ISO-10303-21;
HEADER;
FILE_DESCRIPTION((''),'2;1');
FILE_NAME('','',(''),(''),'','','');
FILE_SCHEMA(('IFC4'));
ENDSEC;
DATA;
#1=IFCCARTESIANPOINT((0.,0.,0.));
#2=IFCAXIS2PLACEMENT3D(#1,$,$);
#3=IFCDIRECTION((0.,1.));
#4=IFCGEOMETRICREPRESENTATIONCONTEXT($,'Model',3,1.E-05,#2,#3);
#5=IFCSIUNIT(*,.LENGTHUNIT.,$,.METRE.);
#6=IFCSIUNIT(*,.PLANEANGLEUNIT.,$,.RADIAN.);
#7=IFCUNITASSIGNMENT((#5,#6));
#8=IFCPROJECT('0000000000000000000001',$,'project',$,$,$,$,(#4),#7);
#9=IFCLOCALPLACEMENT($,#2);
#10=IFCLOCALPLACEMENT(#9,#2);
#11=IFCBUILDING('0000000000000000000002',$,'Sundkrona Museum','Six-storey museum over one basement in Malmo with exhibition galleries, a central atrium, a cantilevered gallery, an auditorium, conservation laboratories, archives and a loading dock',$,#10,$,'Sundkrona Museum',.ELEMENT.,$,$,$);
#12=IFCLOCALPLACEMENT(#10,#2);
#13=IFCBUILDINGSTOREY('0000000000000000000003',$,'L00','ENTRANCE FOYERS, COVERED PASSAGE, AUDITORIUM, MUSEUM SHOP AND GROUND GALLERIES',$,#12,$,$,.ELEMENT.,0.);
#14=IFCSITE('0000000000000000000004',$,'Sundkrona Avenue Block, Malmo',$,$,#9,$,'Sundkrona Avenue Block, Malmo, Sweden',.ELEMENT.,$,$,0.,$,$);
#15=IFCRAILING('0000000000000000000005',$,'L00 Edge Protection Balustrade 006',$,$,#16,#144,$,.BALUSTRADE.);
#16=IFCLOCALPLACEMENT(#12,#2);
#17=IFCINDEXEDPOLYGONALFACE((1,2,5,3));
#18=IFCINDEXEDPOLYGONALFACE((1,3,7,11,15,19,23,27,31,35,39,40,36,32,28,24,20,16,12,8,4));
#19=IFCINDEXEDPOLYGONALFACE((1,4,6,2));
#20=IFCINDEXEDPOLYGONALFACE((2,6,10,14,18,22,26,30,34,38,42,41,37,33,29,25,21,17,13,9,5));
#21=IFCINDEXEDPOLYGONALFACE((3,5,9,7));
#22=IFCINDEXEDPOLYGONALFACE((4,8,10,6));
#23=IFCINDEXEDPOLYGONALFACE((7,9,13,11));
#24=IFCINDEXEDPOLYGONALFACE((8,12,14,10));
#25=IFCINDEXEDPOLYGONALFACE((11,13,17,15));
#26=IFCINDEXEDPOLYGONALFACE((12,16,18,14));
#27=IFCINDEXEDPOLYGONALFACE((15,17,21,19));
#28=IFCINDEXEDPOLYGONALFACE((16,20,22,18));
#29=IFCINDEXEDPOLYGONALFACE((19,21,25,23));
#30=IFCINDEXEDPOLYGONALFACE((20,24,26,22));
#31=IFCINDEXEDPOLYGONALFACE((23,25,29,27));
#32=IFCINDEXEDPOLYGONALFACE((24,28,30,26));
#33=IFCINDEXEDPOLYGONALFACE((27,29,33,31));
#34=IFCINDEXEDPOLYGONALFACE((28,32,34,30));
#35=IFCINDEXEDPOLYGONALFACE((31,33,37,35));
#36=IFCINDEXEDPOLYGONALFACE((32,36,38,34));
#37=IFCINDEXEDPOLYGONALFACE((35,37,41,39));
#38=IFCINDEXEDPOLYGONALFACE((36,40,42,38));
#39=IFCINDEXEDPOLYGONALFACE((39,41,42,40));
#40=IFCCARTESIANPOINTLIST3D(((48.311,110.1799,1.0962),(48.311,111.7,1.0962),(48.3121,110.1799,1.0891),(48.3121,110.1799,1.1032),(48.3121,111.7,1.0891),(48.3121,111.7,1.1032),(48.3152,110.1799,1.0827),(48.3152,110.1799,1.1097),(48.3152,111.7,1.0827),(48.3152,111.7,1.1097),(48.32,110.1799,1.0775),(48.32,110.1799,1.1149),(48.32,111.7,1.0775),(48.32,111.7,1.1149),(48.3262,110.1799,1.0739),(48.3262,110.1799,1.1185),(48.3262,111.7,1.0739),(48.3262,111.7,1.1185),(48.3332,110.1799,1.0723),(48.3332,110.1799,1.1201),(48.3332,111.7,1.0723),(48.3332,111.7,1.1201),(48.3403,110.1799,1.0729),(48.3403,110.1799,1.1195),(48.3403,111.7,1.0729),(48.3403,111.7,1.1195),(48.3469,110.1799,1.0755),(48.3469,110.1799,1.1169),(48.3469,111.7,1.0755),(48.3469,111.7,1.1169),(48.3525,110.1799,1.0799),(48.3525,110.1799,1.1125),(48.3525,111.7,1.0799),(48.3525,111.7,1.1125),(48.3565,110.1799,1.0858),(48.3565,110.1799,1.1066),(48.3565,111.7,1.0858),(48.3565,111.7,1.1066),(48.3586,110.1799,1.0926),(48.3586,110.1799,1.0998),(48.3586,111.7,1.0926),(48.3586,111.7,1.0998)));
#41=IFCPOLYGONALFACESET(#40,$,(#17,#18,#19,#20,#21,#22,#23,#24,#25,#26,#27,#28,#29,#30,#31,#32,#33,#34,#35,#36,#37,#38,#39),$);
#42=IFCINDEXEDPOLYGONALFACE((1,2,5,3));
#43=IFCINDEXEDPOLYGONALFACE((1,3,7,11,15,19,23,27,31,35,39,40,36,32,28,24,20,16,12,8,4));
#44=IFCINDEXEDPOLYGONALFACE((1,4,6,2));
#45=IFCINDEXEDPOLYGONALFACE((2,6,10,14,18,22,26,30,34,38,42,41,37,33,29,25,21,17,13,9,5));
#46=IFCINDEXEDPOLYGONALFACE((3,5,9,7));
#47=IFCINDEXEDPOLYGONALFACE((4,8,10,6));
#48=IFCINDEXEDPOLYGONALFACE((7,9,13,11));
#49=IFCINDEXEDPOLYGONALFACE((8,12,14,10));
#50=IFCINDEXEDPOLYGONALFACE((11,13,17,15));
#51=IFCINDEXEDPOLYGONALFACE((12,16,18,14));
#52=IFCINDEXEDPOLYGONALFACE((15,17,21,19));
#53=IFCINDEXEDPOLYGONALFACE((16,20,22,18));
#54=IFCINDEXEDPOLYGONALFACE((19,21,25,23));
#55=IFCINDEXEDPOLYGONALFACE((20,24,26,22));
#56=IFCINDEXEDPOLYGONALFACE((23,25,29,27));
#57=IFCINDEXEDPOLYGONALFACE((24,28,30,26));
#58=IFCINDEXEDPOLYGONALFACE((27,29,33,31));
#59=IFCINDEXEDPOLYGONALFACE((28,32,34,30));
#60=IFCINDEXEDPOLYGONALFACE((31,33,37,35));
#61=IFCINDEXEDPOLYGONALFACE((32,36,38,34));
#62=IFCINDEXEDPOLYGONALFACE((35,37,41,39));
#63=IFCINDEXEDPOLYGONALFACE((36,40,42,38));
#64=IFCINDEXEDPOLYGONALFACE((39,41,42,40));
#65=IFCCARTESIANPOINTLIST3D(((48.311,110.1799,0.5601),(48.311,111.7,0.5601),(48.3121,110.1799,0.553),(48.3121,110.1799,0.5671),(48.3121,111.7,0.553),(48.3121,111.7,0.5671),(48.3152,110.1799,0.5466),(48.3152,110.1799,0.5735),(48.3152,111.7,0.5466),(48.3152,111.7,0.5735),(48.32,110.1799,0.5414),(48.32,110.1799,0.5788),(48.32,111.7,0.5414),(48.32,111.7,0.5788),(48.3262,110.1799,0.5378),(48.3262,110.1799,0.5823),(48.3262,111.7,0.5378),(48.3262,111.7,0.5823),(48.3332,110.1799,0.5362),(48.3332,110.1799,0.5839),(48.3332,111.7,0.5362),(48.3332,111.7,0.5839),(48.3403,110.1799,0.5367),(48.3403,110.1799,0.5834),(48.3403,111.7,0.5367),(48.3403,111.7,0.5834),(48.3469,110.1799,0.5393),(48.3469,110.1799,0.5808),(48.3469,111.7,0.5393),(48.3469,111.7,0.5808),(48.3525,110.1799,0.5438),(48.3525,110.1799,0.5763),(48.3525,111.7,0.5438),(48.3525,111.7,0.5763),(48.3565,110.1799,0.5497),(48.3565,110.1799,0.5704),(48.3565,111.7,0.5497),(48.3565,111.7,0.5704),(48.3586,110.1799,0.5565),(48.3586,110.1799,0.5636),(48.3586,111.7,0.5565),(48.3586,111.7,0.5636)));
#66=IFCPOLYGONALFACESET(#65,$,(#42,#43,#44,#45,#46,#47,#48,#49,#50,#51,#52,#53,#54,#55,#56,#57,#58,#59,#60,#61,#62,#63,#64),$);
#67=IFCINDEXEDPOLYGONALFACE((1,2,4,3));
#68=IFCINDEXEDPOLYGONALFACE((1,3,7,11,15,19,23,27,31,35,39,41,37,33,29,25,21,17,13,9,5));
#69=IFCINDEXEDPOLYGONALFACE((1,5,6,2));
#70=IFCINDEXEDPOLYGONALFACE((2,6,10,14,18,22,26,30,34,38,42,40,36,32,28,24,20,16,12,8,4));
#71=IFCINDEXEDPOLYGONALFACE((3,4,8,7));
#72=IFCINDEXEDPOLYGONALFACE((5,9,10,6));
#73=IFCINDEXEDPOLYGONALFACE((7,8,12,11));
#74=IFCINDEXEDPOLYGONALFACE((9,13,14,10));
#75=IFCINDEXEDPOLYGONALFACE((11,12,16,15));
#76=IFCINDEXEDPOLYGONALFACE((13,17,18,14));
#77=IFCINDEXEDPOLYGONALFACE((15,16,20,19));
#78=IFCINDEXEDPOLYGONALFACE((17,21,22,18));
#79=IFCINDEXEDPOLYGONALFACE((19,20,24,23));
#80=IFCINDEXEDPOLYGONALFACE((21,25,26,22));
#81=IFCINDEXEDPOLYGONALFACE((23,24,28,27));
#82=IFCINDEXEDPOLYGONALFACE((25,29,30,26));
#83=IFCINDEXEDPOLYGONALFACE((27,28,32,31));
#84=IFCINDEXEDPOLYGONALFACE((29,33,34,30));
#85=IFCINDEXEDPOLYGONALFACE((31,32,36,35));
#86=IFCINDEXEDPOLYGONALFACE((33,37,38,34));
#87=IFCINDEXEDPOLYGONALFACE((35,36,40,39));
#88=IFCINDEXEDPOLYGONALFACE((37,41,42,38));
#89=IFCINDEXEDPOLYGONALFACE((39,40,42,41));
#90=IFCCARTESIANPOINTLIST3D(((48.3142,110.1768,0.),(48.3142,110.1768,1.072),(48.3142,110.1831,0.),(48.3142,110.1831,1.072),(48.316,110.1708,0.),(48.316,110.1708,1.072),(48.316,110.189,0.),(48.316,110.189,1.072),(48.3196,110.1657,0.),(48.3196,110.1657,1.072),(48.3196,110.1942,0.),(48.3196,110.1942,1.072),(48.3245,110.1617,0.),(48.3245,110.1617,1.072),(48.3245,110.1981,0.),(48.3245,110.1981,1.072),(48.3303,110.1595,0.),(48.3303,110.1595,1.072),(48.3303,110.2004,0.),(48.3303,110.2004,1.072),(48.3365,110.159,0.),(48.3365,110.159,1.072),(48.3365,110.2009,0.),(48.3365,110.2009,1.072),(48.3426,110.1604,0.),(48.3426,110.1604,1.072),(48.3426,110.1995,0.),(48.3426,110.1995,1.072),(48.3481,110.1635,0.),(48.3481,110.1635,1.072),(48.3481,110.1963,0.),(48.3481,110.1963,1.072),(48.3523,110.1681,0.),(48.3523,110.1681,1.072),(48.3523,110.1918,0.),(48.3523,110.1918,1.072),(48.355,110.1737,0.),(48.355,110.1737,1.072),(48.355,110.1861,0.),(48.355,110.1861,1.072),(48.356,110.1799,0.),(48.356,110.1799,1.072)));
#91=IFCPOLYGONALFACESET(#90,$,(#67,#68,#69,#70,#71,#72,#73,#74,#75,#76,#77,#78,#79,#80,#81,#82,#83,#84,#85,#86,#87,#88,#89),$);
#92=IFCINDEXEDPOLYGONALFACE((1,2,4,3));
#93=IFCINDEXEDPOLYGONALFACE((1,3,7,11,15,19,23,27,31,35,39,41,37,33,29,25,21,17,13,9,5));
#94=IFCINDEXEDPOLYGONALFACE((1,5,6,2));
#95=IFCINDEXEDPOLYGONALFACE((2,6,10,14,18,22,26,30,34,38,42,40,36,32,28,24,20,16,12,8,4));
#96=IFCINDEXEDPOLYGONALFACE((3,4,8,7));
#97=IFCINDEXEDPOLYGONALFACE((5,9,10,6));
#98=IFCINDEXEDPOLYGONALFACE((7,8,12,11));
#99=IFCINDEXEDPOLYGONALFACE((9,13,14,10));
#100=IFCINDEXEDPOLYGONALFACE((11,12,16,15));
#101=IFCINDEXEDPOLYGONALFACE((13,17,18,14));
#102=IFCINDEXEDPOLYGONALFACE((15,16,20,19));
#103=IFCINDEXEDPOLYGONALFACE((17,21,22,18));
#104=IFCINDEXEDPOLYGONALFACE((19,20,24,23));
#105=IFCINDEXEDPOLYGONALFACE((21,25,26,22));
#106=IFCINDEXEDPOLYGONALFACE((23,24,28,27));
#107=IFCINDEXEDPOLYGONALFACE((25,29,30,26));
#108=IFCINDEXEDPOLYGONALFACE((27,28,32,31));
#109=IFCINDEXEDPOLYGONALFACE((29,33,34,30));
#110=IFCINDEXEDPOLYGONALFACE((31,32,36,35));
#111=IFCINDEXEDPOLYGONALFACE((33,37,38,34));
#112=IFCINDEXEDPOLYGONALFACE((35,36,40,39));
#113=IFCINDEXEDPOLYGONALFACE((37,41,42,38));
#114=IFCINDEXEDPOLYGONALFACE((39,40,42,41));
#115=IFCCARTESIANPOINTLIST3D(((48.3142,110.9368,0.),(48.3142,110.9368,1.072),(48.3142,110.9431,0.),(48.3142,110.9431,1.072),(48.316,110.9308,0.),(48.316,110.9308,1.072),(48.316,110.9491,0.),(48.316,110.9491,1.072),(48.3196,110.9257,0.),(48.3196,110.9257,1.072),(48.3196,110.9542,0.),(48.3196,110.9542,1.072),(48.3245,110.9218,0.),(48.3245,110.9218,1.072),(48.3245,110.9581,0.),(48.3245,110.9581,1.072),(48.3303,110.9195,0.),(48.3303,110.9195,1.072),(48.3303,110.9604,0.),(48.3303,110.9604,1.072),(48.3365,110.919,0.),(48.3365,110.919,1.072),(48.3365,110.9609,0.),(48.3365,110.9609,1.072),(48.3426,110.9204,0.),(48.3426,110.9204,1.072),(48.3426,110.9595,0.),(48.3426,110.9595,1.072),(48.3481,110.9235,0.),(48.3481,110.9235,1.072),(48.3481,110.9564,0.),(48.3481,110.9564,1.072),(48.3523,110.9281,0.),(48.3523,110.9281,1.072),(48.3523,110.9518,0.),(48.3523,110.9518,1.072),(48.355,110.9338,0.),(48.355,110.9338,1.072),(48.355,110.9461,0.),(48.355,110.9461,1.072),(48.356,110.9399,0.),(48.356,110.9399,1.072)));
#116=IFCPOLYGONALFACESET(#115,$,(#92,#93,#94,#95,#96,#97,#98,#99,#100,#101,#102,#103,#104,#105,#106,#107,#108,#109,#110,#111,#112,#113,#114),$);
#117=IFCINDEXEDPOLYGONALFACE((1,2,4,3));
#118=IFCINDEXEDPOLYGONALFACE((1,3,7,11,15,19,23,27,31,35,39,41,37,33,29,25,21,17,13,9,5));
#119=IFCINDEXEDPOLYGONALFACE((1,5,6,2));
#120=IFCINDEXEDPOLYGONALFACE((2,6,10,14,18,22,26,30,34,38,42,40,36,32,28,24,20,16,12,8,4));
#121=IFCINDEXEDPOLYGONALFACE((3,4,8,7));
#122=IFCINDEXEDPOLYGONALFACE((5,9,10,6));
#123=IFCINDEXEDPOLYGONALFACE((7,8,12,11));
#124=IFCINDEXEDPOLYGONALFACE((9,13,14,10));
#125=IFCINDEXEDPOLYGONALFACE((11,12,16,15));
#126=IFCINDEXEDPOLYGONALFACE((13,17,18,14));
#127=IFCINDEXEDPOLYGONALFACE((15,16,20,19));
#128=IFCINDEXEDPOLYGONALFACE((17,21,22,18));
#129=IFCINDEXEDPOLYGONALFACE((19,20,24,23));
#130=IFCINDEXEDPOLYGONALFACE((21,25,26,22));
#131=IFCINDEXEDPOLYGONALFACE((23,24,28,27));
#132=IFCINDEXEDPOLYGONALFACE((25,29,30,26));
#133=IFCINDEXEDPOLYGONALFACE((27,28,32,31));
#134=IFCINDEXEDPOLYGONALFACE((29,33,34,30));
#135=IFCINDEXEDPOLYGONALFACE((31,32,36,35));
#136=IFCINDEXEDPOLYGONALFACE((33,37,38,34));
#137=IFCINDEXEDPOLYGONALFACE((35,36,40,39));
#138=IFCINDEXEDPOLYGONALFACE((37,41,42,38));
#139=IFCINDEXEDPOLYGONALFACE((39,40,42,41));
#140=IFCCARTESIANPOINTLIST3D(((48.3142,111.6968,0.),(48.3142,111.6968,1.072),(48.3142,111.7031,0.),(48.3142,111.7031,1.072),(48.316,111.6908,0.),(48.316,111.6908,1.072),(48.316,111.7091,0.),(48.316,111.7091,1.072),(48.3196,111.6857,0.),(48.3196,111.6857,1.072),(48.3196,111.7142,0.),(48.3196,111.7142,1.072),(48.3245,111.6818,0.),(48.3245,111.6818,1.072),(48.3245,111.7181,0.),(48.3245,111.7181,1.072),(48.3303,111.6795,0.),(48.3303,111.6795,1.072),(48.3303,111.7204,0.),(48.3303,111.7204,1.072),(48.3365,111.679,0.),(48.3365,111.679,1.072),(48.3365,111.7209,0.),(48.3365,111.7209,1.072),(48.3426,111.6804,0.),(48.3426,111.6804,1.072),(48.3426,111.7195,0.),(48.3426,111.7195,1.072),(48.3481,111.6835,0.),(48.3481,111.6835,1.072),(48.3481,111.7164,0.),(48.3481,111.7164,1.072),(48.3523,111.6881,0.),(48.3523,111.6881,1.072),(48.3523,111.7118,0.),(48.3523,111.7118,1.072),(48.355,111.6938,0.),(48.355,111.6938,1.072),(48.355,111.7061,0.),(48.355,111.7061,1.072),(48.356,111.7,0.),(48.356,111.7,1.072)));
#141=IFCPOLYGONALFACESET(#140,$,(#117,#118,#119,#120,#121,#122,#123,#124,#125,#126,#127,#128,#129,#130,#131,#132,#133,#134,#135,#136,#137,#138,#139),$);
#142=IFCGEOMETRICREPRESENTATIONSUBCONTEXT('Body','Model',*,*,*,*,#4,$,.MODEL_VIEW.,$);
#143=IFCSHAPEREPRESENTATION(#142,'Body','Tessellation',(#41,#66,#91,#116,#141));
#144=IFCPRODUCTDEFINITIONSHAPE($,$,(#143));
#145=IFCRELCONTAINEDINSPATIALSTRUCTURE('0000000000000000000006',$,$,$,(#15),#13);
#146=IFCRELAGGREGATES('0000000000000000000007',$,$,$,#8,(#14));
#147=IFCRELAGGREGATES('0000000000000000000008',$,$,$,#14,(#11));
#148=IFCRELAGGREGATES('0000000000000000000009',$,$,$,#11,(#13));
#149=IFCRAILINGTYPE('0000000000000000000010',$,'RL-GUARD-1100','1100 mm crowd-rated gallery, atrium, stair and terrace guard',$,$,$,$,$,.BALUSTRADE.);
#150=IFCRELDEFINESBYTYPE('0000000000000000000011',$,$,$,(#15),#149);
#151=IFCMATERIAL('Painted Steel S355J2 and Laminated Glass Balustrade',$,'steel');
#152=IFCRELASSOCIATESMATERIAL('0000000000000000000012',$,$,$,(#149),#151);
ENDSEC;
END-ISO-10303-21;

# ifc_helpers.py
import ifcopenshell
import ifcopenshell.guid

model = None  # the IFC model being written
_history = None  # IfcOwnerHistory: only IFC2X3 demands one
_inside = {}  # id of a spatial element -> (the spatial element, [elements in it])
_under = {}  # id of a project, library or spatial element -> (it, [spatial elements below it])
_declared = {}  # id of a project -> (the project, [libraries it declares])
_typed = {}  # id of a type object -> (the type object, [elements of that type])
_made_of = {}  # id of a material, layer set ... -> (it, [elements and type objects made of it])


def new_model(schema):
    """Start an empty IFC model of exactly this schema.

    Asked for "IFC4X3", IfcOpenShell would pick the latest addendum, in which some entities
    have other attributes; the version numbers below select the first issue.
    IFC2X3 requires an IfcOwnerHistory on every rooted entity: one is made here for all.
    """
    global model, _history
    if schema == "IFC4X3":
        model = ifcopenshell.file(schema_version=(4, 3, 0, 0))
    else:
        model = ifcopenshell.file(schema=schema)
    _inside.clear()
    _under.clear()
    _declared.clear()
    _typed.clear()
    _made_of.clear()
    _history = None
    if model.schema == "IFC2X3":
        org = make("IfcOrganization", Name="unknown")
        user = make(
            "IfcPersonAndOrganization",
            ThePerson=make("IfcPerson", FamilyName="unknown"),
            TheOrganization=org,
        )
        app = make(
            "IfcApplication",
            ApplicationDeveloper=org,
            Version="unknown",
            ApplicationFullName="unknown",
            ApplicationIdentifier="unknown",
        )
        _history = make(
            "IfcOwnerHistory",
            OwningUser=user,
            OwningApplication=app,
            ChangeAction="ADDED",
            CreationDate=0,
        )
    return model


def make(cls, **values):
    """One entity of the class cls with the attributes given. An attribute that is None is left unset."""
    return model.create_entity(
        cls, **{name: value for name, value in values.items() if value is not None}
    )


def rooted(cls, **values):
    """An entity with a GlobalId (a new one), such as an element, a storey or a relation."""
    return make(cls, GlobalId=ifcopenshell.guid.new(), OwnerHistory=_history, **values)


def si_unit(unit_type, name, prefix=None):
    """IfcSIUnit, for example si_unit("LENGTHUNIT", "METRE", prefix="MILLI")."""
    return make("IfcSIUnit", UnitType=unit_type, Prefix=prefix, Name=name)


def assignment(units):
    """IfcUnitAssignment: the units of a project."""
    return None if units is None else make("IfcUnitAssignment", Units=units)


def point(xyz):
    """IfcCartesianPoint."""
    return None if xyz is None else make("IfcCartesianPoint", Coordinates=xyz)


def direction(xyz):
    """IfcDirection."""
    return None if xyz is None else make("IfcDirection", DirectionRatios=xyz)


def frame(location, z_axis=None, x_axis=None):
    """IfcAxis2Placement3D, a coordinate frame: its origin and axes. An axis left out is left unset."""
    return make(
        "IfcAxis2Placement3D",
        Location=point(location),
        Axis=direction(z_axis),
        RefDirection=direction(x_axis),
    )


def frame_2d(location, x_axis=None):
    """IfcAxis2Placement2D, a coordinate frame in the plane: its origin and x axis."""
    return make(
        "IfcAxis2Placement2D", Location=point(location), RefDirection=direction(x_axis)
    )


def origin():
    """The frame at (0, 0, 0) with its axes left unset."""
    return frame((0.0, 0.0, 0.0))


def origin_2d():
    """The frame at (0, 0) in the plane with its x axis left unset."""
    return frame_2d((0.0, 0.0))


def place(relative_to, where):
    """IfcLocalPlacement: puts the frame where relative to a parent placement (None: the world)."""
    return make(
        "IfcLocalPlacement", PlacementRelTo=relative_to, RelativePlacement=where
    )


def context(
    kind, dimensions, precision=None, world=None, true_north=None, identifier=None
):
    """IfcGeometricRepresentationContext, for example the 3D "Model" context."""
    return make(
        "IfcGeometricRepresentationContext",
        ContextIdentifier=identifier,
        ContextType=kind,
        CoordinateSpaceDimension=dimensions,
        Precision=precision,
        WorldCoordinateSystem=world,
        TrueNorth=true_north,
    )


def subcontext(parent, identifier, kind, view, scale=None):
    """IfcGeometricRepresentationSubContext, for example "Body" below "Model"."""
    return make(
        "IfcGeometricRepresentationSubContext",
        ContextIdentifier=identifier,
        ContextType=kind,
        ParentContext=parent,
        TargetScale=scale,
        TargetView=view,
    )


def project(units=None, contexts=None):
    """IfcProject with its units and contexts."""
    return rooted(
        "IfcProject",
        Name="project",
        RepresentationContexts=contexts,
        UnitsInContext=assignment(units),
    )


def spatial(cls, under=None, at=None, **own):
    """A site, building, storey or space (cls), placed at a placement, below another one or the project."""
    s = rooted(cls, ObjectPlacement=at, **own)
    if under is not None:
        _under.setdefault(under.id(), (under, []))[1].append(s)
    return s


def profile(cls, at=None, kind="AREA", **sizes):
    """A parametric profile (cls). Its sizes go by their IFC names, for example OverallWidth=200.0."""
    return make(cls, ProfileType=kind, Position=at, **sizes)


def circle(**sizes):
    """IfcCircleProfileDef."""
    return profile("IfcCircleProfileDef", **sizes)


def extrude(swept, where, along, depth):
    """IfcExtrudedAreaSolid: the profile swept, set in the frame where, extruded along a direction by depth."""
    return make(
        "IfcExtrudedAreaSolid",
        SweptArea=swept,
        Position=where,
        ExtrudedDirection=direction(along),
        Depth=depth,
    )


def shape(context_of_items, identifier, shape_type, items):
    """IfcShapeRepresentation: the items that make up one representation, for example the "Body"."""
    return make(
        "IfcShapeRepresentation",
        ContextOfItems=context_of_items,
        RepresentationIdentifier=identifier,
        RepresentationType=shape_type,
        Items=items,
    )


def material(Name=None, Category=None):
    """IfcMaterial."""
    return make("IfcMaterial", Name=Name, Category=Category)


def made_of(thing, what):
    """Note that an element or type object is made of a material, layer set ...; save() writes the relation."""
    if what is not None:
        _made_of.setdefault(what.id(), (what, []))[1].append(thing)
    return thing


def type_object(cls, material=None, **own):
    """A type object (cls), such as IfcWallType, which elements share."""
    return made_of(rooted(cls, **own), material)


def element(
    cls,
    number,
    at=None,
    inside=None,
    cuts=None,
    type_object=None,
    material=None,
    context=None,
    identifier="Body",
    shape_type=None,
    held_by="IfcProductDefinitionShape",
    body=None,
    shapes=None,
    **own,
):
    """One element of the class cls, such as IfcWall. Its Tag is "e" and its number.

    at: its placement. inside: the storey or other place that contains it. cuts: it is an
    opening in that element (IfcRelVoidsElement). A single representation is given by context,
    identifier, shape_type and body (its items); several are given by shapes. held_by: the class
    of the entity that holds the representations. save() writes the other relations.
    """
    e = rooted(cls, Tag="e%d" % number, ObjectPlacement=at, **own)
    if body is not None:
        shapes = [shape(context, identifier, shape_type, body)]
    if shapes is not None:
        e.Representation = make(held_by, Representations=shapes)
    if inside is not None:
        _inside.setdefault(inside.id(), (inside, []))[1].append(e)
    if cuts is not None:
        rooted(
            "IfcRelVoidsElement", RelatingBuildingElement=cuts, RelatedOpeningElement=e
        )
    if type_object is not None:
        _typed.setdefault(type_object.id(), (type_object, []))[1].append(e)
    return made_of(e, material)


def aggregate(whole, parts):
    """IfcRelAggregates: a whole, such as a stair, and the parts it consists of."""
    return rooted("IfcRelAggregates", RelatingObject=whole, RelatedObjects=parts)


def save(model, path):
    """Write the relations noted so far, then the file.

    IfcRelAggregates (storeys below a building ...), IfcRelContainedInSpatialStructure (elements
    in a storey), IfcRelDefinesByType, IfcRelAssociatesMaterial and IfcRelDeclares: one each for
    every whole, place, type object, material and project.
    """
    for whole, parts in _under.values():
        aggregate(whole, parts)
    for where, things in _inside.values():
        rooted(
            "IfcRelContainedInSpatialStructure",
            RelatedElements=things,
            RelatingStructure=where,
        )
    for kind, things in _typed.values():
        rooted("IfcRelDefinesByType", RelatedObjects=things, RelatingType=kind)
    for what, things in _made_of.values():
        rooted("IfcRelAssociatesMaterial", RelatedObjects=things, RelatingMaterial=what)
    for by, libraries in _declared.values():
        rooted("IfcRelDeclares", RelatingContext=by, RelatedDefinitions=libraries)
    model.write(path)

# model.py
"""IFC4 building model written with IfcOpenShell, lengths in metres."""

from ifc_helpers import new_model, si_unit, direction, frame, origin, origin_2d, place, context, subcontext, project, spatial, circle, extrude, material, type_object, element, save


model = new_model("IFC4")

# Units and contexts
model_context = context("Model", 3, precision=1e-05, world=origin(), true_north=direction((0.0, 1.0)))
body_context = subcontext(model_context, "Body", "Model", "MODEL_VIEW")
ifc_project = project(units=[si_unit("LENGTHUNIT", "METRE"), si_unit("PLANEANGLEUNIT", "RADIAN")], contexts=[model_context])

# Site, building, storey
site_placement = place(None, origin())
site = spatial("IfcSite", under=ifc_project, at=site_placement, Name="Sundkrona Avenue Block, Malmo", LongName="Sundkrona Avenue Block, Malmo, Sweden", CompositionType="ELEMENT", RefElevation=0.0)
building_placement = place(site_placement, origin())
building = spatial("IfcBuilding", under=site, at=building_placement, Name="Sundkrona Museum", Description="Six-storey museum over one basement in Malmo with exhibition galleries, a central atrium, a cantilevered gallery, an auditorium, conservation laboratories, archives and a loading dock", LongName="Sundkrona Museum", CompositionType="ELEMENT")
storey_placement = place(building_placement, origin())
storey = spatial("IfcBuildingStorey", under=building, at=storey_placement, Name="L00", Description="ENTRANCE FOYERS, COVERED PASSAGE, AUDITORIUM, MUSEUM SHOP AND GROUND GALLERIES", CompositionType="ELEMENT", Elevation=0.0)

# Railing
ifc_material_1 = material(Name="Painted Steel S355J2 and Laminated Glass Balustrade", Category="steel")
railing_type_1 = type_object("IfcRailingType", Name="RL-GUARD-1100", Description="1100 mm crowd-rated gallery, atrium, stair and terrace guard", PredefinedType="BALUSTRADE", material=ifc_material_1)
for number, where, name in (
    (1, (48.335, 110.1799, 0.0), "L00 Edge Protection Balustrade 006"),
):
    element("IfcRailing", number, at=place(storey_placement, frame(where)), inside=storey, type_object=railing_type_1, Name=name, PredefinedType="BALUSTRADE", context=body_context, shape_type="SweptSolid", body=[
        extrude(circle(Radius=0.0239, at=origin_2d()), frame((0.0, 0.0, 1.0962), z_axis=(0.0, 1.0, 0.0), x_axis=(-1.0, 0.0, 0.0)), (0.0, 0.0, 1.0), 1.52),
        extrude(circle(Radius=0.0239, at=origin_2d()), frame((0.0, 0.0, 0.5601), z_axis=(0.0, 1.0, 0.0), x_axis=(-1.0, 0.0, 0.0)), (0.0, 0.0, 1.0), 1.52),
        extrude(circle(Radius=0.021, at=origin_2d()), origin(), (0.0, 0.0, 1.0), 1.072),
        extrude(circle(Radius=0.021, at=origin_2d()), frame((0.0, 0.76, 0.0)), (0.0, 0.0, 1.0), 1.072),
        extrude(circle(Radius=0.021, at=origin_2d()), frame((0.0, 1.52, 0.0)), (0.0, 0.0, 1.0), 1.072),
    ])

save(model, "model.ifc")
